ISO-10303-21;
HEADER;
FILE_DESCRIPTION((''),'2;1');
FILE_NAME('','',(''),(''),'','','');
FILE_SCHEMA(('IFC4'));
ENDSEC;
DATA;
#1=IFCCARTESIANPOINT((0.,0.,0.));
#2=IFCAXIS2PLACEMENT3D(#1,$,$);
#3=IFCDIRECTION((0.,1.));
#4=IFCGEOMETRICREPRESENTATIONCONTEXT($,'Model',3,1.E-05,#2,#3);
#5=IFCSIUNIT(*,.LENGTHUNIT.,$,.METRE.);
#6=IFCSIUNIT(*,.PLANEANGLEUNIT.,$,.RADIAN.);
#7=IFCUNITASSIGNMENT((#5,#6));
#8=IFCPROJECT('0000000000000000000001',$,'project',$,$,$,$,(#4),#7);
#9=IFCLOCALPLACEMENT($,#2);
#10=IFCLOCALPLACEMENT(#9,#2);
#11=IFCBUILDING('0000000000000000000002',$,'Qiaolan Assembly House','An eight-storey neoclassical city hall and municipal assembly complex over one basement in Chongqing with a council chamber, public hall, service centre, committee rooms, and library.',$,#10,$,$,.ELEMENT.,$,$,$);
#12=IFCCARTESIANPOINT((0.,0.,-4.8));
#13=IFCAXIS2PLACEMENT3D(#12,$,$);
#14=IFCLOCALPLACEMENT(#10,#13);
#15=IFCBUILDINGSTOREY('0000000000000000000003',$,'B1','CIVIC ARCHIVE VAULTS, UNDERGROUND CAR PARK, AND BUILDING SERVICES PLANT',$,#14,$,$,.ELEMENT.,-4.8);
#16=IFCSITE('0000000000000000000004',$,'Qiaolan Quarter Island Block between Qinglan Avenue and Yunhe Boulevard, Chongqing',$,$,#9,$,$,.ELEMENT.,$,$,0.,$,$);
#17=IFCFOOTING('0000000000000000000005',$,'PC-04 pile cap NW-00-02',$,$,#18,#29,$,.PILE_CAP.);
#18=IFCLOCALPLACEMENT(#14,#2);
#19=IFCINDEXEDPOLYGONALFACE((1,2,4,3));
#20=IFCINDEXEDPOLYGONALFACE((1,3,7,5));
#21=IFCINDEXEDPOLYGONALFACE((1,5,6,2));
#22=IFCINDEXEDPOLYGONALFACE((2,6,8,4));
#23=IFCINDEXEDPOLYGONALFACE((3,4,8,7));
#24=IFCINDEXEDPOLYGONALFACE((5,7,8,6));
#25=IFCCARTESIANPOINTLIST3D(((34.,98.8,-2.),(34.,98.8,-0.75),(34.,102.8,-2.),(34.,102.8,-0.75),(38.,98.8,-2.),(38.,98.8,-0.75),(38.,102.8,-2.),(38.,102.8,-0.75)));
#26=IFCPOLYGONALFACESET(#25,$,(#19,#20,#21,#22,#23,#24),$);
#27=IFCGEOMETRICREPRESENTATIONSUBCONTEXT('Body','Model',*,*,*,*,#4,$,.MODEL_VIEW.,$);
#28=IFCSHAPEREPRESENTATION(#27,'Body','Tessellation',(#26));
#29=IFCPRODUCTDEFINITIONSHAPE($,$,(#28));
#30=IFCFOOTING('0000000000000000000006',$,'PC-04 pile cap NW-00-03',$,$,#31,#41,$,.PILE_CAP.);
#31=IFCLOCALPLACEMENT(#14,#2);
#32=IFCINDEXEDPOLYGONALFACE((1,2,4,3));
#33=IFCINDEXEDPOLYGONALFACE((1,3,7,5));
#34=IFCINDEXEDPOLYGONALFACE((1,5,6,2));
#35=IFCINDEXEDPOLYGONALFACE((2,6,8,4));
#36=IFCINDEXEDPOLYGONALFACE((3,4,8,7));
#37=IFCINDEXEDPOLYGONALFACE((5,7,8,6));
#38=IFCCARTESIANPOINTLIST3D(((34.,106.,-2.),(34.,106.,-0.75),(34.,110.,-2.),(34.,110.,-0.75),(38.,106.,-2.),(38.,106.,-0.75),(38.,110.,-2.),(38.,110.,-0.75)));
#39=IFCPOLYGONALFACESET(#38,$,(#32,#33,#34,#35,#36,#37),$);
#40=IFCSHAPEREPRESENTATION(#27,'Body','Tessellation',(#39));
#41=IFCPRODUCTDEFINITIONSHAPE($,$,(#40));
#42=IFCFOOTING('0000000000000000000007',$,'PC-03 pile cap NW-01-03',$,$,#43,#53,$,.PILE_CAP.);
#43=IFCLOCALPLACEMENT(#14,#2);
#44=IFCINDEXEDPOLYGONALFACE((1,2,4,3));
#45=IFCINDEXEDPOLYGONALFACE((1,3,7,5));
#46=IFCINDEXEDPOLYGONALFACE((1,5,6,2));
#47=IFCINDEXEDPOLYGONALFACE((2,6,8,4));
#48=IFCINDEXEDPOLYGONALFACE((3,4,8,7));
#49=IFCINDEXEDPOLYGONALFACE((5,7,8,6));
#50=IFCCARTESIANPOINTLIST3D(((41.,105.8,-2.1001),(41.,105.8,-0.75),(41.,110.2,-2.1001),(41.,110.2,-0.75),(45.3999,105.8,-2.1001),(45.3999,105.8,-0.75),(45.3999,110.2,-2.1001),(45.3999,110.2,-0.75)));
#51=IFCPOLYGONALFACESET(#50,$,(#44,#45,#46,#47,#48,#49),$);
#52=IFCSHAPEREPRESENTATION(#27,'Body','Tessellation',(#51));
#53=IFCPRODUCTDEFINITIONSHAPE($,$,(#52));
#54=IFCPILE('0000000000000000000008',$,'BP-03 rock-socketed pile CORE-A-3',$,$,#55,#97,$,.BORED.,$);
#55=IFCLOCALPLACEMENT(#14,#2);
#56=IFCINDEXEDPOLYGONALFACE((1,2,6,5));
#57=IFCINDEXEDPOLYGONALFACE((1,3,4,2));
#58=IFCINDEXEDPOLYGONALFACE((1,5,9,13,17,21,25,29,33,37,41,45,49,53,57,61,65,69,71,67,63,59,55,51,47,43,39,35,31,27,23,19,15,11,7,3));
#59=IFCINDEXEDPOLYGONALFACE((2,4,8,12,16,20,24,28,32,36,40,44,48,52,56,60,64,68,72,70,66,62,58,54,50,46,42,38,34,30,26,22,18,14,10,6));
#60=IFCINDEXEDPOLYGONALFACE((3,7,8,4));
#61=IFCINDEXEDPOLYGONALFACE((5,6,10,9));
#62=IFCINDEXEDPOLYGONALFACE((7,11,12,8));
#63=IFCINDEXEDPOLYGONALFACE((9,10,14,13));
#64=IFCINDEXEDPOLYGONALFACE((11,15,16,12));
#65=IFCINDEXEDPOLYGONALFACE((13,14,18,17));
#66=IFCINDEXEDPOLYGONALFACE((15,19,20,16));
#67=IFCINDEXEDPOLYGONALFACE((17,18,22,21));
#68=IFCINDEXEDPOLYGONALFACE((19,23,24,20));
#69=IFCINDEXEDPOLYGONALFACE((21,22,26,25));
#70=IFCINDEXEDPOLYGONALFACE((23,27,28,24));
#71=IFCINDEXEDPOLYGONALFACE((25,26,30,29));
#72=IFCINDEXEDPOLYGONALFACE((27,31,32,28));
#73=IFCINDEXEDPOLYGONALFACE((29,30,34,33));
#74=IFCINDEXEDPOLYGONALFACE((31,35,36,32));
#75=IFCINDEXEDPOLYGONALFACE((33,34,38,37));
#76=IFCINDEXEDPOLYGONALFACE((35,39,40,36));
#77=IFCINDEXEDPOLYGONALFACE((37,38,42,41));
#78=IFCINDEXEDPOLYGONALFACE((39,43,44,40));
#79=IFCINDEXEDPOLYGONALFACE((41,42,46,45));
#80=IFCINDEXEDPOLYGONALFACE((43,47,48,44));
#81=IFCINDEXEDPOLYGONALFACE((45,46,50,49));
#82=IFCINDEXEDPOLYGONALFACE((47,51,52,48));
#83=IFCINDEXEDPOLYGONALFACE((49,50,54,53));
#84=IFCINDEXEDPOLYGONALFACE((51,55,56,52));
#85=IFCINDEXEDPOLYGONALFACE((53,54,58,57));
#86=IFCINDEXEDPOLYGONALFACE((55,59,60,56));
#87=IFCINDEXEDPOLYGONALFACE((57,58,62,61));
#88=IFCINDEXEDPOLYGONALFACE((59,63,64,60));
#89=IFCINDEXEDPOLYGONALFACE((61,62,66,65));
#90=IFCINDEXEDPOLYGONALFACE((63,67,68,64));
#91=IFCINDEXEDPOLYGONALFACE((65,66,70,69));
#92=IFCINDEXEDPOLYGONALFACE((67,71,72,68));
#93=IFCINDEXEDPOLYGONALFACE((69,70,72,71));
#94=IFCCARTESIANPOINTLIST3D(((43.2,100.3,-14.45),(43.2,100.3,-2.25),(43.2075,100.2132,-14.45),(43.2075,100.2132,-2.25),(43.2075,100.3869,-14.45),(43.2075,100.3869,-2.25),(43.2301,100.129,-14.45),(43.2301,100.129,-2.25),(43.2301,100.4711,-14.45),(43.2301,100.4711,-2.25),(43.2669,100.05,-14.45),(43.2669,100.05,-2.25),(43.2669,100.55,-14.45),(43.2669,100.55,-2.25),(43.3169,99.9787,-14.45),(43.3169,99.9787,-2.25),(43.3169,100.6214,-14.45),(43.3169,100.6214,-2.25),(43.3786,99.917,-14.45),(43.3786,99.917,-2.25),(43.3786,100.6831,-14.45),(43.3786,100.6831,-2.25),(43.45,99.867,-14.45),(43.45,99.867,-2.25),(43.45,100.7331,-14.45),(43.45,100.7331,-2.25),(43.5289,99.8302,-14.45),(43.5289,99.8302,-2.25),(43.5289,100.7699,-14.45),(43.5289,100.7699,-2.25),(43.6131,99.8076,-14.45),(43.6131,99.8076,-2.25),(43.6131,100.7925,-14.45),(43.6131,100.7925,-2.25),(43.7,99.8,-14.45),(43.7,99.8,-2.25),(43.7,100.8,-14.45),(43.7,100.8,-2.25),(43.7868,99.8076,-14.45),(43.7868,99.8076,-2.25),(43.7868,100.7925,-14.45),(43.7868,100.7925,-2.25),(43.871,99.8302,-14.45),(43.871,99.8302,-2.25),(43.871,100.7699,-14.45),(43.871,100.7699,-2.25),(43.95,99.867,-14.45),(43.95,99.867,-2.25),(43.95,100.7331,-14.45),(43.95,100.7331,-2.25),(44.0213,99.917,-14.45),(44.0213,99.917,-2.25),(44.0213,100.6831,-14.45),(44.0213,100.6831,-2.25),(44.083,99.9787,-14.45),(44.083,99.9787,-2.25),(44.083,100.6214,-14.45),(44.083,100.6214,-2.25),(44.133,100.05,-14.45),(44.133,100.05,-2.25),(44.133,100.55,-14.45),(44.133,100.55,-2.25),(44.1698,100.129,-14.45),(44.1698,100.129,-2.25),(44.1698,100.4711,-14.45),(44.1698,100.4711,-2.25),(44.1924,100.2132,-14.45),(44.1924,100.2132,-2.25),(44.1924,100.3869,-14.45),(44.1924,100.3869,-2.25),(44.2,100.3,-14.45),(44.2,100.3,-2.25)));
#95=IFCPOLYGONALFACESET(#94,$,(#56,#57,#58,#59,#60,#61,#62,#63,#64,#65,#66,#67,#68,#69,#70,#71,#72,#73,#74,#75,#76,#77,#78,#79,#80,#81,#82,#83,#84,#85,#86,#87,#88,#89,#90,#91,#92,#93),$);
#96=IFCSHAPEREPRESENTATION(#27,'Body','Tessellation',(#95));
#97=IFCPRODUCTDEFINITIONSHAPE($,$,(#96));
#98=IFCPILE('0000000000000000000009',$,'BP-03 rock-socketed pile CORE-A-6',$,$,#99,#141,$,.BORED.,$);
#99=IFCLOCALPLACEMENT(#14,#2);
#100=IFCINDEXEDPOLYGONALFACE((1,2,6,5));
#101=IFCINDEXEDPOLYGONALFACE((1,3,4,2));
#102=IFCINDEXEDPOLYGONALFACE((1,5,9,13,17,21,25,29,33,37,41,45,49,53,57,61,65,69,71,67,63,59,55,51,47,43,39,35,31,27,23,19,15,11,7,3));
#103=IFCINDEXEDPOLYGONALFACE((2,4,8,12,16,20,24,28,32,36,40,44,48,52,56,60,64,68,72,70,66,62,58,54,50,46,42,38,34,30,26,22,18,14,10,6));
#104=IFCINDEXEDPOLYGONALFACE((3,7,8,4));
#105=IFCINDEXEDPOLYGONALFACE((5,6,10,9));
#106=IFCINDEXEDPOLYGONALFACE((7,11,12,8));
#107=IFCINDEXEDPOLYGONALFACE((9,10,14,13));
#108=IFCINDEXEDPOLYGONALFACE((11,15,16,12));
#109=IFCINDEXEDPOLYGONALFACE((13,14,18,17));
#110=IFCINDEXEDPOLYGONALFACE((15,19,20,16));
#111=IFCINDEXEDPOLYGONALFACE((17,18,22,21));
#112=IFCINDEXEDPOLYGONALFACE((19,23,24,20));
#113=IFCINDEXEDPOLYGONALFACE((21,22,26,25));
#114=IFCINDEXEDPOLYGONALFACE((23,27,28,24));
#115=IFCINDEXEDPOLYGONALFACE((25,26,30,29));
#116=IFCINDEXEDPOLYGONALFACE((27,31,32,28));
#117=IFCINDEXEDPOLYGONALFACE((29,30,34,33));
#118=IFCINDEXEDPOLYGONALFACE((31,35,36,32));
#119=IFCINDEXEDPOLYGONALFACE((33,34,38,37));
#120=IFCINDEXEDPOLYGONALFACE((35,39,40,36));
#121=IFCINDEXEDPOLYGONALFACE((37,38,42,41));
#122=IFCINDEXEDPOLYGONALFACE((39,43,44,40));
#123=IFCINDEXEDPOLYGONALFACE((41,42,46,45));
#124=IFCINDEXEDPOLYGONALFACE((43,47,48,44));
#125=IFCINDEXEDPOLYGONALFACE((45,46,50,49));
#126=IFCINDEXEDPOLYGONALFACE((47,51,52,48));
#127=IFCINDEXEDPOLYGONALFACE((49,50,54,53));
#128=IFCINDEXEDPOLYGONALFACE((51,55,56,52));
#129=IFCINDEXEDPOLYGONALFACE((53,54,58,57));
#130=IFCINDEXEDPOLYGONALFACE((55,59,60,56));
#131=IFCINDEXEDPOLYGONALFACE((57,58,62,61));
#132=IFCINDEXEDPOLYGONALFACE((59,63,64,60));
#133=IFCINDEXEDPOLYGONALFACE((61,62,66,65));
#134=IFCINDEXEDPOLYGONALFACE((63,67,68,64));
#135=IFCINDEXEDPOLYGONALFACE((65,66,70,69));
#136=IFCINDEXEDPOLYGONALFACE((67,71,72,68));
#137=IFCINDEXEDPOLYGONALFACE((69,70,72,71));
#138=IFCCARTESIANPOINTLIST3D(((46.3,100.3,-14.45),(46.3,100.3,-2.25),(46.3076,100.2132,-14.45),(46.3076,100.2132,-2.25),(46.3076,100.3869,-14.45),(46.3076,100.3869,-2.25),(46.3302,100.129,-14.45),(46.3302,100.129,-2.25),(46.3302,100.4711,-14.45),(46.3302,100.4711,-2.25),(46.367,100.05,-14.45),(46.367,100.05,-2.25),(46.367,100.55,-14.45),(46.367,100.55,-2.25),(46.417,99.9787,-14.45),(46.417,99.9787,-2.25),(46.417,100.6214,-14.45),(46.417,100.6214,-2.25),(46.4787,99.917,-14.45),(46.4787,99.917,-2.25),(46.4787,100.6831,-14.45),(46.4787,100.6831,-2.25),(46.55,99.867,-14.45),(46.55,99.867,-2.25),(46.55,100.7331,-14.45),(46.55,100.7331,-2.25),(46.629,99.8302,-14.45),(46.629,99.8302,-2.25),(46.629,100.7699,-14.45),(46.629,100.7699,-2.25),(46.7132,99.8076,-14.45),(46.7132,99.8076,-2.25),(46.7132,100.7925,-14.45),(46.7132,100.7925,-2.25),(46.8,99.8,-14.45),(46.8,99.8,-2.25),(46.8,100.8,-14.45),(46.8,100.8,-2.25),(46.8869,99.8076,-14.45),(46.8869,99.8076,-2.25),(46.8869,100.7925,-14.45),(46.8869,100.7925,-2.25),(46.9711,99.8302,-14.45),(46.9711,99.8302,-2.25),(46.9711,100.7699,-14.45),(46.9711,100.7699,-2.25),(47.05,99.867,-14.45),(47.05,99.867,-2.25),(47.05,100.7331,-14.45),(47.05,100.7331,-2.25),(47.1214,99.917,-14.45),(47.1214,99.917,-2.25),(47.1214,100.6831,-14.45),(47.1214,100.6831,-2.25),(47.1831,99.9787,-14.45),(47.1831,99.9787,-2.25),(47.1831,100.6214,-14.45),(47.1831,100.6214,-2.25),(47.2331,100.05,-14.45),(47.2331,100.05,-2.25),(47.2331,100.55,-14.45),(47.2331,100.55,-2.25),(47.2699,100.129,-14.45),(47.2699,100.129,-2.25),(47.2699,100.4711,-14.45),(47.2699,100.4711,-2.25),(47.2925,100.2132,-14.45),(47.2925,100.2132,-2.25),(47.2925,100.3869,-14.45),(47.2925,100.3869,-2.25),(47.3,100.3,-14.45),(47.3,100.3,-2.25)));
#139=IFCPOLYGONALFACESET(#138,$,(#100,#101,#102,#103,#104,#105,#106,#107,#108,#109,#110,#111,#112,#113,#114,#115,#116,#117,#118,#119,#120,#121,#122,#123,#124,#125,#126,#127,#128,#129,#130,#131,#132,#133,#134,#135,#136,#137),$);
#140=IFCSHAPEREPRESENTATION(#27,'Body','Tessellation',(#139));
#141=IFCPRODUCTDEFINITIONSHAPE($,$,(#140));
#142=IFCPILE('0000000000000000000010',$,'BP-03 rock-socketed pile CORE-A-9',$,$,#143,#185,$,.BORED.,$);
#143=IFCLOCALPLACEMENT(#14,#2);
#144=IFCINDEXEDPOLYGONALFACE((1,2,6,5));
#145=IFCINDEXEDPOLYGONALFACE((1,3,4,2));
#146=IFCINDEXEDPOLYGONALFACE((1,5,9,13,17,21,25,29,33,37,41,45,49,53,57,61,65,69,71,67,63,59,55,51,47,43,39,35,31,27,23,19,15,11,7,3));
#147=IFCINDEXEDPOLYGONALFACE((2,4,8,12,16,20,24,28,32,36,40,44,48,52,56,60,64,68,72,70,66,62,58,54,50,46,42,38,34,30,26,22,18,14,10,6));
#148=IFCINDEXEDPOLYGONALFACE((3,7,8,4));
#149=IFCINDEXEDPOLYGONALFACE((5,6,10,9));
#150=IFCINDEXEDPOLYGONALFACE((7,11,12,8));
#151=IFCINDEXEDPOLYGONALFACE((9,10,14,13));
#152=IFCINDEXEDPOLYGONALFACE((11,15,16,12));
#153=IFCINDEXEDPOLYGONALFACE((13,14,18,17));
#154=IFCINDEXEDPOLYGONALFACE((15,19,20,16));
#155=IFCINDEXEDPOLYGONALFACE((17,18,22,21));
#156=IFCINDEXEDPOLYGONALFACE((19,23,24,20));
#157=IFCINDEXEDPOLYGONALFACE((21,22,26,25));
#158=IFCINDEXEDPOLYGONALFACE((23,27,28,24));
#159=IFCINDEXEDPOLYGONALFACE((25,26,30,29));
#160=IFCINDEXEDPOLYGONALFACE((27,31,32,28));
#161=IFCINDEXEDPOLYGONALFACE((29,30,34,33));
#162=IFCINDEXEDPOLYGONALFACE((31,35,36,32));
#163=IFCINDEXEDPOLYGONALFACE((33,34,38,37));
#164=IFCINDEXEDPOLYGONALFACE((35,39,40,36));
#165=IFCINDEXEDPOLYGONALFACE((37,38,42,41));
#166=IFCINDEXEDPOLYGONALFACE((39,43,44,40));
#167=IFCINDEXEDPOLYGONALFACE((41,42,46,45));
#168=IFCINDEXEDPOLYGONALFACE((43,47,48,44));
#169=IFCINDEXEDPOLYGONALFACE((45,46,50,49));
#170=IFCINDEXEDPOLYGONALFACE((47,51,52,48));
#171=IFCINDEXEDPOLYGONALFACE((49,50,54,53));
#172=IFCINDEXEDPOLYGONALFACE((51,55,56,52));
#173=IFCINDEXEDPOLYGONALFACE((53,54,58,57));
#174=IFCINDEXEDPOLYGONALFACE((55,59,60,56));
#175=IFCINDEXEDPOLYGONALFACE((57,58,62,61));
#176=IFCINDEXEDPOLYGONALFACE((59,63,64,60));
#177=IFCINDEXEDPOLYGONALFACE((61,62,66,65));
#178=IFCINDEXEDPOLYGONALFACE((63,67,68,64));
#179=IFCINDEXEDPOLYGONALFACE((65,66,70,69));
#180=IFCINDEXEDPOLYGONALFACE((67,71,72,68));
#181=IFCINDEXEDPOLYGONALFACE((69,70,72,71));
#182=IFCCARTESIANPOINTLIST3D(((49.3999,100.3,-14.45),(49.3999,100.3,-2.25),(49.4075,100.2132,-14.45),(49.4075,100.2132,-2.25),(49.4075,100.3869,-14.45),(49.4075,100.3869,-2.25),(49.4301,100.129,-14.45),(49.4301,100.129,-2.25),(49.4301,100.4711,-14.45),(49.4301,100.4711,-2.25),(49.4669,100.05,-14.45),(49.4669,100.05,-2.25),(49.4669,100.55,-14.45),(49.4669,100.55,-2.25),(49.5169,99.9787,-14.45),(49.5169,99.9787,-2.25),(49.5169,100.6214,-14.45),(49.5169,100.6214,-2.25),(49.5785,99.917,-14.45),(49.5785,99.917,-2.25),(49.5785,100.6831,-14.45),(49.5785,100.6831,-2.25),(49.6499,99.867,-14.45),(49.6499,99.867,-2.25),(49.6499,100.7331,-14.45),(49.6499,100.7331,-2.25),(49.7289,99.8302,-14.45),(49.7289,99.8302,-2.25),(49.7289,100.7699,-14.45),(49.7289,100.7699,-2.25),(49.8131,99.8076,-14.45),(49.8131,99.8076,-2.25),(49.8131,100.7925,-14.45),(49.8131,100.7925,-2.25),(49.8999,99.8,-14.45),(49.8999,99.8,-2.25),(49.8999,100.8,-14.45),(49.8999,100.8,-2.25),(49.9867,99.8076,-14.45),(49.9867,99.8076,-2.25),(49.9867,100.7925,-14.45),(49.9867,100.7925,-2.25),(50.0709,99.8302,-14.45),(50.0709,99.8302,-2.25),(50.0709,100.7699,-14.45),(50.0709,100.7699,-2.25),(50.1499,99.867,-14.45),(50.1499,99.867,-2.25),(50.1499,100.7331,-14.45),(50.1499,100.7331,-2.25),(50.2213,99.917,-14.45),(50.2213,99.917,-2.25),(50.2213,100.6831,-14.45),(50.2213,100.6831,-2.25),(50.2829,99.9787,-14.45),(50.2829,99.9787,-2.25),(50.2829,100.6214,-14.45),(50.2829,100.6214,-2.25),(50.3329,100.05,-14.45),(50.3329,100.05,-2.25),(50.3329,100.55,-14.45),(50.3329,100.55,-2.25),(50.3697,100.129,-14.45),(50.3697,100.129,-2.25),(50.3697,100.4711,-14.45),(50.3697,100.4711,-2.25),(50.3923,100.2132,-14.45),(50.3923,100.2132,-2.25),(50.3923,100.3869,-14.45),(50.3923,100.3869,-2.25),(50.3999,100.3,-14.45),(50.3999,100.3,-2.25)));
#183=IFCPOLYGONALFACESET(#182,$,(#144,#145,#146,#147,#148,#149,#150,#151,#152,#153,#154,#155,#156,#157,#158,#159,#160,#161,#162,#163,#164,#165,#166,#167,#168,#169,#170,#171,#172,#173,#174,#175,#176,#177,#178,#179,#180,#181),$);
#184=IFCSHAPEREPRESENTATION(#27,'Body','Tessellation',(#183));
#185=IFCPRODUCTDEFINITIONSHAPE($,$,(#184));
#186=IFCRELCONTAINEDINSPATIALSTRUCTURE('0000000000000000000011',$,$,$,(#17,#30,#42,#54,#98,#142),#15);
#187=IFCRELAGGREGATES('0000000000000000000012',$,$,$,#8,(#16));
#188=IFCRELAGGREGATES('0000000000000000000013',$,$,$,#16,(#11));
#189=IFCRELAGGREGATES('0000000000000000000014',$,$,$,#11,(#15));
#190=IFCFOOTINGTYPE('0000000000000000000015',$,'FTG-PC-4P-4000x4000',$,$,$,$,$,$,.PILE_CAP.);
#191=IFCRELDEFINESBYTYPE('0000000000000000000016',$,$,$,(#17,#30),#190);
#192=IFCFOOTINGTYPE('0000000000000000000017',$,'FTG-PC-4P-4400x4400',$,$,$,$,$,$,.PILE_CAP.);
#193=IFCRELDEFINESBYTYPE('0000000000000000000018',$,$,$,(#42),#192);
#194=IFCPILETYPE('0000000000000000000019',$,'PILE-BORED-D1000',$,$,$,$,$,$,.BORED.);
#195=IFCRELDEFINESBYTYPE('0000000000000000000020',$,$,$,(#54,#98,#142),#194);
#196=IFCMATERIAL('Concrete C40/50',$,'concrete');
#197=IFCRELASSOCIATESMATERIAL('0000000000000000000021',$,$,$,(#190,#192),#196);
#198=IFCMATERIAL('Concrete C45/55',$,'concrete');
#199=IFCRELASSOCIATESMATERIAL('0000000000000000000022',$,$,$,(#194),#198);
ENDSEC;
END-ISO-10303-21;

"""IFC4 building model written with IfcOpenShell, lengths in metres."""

from ifc_helpers import new_model, si_unit, direction, frame, origin, origin_2d, place, context, subcontext, project, spatial, rectangle, circle, extrude, material, material_profile, profile_set, type_object, element, save


model = new_model("IFC4")

# Units and contexts
model_context = context("Model", 3, precision=1e-05, world=origin(), true_north=direction((0.0, 1.0)))
body_context = subcontext(model_context, "Body", "Model", "MODEL_VIEW")
ifc_project = project(units=[si_unit("LENGTHUNIT", "METRE"), si_unit("PLANEANGLEUNIT", "RADIAN")], contexts=[model_context])

# Site, building, storey
site_placement = place(None, origin())
site = spatial("IfcSite", under=ifc_project, at=site_placement, Name="Qiaolan Quarter Island Block between Qinglan Avenue and Yunhe Boulevard, Chongqing", CompositionType="ELEMENT", RefElevation=0.0)
building_placement = place(site_placement, origin())
building = spatial("IfcBuilding", under=site, at=building_placement, Name="Qiaolan Assembly House", Description="An eight-storey neoclassical city hall and municipal assembly complex over one basement in Chongqing with a council chamber, public hall, service centre, committee rooms, and library.", CompositionType="ELEMENT")
storey_placement = place(building_placement, frame((0.0, 0.0, -4.8)))
storey = spatial("IfcBuildingStorey", under=building, at=storey_placement, Name="B1", Description="CIVIC ARCHIVE VAULTS, UNDERGROUND CAR PARK, AND BUILDING SERVICES PLANT", CompositionType="ELEMENT", Elevation=-4.8)

# Footings
ifc_material_1 = material(Name="Concrete C40/50", Category="concrete")
footing_type_1 = type_object("IfcFootingType", Name="FTG-PC-4P-4000x4000", PredefinedType="PILE_CAP", material=ifc_material_1)
for number, where, z_axis, x_axis, name in (
    (1, (36.0, 100.8, -2.0), (0.0, 0.0, 1.0), (1.0, 0.0, 0.0), "PC-04 pile cap NW-00-02"),
    (2, (36.0, 108.0, -2.0), (0.0, 0.0, 1.0), (1.0, 0.0, 0.0), "PC-04 pile cap NW-00-03"),
):
    element("IfcFooting", number, at=place(storey_placement, frame(where, z_axis=z_axis, x_axis=x_axis)), inside=storey, type_object=footing_type_1, Name=name, PredefinedType="PILE_CAP", context=body_context, shape_type="SweptSolid", body=[
        extrude(rectangle(XDim=4.0, YDim=4.0, at=origin_2d()), origin(), (0.0, 0.0, 1.0), 1.25),
    ])
footing_type_2 = type_object("IfcFootingType", Name="FTG-PC-4P-4400x4400", PredefinedType="PILE_CAP", material=ifc_material_1)
footing_placement = place(storey_placement, frame((43.2, 108.0, -2.1001), z_axis=(0.0, 0.0, 1.0), x_axis=(1.0, 0.0, 0.0)))
element("IfcFooting", 3, at=footing_placement, inside=storey, type_object=footing_type_2, Name="PC-03 pile cap NW-01-03", PredefinedType="PILE_CAP", context=body_context, shape_type="SweptSolid", body=[
    extrude(rectangle(XDim=4.3999, YDim=4.3999, at=origin_2d()), origin(), (0.0, 0.0, 1.0), 1.3501),
])

# Piles
ifc_material_2 = material(Name="Concrete C45/55", Category="concrete")
ifc_material_profile_1 = material_profile(ifc_material_2, circle(Radius=0.5, at=origin_2d()), Name="PILE D1000")
ifc_profile_set_1 = profile_set([ifc_material_profile_1], Name="Concrete C45/55")
pile_type_1 = type_object("IfcPileType", Name="PILE-BORED-D1000", PredefinedType="BORED", material=ifc_profile_set_1)
for number, where, z_axis, x_axis, name in (
    (4, (43.7, 100.3, -2.25), (0.0, 0.0, -1.0), (1.0, 0.0, 0.0), "BP-03 rock-socketed pile CORE-A-3"),
    (5, (46.8, 100.3, -2.25), (0.0, 0.0, -1.0), (1.0, 0.0, 0.0), "BP-03 rock-socketed pile CORE-A-6"),
    (6, (49.8999, 100.3, -2.25), (0.0, 0.0, -1.0), (1.0, 0.0, 0.0), "BP-03 rock-socketed pile CORE-A-9"),
):
    element("IfcPile", number, at=place(storey_placement, frame(where, z_axis=z_axis, x_axis=x_axis)), inside=storey, type_object=pile_type_1, Name=name, PredefinedType="BORED", context=body_context, shape_type="SweptSolid", body=[
        extrude(circle(Radius=0.5, at=origin_2d()), origin(), (0.0, 0.0, 1.0), 12.2),
    ])

save(model, "model.ifc")
